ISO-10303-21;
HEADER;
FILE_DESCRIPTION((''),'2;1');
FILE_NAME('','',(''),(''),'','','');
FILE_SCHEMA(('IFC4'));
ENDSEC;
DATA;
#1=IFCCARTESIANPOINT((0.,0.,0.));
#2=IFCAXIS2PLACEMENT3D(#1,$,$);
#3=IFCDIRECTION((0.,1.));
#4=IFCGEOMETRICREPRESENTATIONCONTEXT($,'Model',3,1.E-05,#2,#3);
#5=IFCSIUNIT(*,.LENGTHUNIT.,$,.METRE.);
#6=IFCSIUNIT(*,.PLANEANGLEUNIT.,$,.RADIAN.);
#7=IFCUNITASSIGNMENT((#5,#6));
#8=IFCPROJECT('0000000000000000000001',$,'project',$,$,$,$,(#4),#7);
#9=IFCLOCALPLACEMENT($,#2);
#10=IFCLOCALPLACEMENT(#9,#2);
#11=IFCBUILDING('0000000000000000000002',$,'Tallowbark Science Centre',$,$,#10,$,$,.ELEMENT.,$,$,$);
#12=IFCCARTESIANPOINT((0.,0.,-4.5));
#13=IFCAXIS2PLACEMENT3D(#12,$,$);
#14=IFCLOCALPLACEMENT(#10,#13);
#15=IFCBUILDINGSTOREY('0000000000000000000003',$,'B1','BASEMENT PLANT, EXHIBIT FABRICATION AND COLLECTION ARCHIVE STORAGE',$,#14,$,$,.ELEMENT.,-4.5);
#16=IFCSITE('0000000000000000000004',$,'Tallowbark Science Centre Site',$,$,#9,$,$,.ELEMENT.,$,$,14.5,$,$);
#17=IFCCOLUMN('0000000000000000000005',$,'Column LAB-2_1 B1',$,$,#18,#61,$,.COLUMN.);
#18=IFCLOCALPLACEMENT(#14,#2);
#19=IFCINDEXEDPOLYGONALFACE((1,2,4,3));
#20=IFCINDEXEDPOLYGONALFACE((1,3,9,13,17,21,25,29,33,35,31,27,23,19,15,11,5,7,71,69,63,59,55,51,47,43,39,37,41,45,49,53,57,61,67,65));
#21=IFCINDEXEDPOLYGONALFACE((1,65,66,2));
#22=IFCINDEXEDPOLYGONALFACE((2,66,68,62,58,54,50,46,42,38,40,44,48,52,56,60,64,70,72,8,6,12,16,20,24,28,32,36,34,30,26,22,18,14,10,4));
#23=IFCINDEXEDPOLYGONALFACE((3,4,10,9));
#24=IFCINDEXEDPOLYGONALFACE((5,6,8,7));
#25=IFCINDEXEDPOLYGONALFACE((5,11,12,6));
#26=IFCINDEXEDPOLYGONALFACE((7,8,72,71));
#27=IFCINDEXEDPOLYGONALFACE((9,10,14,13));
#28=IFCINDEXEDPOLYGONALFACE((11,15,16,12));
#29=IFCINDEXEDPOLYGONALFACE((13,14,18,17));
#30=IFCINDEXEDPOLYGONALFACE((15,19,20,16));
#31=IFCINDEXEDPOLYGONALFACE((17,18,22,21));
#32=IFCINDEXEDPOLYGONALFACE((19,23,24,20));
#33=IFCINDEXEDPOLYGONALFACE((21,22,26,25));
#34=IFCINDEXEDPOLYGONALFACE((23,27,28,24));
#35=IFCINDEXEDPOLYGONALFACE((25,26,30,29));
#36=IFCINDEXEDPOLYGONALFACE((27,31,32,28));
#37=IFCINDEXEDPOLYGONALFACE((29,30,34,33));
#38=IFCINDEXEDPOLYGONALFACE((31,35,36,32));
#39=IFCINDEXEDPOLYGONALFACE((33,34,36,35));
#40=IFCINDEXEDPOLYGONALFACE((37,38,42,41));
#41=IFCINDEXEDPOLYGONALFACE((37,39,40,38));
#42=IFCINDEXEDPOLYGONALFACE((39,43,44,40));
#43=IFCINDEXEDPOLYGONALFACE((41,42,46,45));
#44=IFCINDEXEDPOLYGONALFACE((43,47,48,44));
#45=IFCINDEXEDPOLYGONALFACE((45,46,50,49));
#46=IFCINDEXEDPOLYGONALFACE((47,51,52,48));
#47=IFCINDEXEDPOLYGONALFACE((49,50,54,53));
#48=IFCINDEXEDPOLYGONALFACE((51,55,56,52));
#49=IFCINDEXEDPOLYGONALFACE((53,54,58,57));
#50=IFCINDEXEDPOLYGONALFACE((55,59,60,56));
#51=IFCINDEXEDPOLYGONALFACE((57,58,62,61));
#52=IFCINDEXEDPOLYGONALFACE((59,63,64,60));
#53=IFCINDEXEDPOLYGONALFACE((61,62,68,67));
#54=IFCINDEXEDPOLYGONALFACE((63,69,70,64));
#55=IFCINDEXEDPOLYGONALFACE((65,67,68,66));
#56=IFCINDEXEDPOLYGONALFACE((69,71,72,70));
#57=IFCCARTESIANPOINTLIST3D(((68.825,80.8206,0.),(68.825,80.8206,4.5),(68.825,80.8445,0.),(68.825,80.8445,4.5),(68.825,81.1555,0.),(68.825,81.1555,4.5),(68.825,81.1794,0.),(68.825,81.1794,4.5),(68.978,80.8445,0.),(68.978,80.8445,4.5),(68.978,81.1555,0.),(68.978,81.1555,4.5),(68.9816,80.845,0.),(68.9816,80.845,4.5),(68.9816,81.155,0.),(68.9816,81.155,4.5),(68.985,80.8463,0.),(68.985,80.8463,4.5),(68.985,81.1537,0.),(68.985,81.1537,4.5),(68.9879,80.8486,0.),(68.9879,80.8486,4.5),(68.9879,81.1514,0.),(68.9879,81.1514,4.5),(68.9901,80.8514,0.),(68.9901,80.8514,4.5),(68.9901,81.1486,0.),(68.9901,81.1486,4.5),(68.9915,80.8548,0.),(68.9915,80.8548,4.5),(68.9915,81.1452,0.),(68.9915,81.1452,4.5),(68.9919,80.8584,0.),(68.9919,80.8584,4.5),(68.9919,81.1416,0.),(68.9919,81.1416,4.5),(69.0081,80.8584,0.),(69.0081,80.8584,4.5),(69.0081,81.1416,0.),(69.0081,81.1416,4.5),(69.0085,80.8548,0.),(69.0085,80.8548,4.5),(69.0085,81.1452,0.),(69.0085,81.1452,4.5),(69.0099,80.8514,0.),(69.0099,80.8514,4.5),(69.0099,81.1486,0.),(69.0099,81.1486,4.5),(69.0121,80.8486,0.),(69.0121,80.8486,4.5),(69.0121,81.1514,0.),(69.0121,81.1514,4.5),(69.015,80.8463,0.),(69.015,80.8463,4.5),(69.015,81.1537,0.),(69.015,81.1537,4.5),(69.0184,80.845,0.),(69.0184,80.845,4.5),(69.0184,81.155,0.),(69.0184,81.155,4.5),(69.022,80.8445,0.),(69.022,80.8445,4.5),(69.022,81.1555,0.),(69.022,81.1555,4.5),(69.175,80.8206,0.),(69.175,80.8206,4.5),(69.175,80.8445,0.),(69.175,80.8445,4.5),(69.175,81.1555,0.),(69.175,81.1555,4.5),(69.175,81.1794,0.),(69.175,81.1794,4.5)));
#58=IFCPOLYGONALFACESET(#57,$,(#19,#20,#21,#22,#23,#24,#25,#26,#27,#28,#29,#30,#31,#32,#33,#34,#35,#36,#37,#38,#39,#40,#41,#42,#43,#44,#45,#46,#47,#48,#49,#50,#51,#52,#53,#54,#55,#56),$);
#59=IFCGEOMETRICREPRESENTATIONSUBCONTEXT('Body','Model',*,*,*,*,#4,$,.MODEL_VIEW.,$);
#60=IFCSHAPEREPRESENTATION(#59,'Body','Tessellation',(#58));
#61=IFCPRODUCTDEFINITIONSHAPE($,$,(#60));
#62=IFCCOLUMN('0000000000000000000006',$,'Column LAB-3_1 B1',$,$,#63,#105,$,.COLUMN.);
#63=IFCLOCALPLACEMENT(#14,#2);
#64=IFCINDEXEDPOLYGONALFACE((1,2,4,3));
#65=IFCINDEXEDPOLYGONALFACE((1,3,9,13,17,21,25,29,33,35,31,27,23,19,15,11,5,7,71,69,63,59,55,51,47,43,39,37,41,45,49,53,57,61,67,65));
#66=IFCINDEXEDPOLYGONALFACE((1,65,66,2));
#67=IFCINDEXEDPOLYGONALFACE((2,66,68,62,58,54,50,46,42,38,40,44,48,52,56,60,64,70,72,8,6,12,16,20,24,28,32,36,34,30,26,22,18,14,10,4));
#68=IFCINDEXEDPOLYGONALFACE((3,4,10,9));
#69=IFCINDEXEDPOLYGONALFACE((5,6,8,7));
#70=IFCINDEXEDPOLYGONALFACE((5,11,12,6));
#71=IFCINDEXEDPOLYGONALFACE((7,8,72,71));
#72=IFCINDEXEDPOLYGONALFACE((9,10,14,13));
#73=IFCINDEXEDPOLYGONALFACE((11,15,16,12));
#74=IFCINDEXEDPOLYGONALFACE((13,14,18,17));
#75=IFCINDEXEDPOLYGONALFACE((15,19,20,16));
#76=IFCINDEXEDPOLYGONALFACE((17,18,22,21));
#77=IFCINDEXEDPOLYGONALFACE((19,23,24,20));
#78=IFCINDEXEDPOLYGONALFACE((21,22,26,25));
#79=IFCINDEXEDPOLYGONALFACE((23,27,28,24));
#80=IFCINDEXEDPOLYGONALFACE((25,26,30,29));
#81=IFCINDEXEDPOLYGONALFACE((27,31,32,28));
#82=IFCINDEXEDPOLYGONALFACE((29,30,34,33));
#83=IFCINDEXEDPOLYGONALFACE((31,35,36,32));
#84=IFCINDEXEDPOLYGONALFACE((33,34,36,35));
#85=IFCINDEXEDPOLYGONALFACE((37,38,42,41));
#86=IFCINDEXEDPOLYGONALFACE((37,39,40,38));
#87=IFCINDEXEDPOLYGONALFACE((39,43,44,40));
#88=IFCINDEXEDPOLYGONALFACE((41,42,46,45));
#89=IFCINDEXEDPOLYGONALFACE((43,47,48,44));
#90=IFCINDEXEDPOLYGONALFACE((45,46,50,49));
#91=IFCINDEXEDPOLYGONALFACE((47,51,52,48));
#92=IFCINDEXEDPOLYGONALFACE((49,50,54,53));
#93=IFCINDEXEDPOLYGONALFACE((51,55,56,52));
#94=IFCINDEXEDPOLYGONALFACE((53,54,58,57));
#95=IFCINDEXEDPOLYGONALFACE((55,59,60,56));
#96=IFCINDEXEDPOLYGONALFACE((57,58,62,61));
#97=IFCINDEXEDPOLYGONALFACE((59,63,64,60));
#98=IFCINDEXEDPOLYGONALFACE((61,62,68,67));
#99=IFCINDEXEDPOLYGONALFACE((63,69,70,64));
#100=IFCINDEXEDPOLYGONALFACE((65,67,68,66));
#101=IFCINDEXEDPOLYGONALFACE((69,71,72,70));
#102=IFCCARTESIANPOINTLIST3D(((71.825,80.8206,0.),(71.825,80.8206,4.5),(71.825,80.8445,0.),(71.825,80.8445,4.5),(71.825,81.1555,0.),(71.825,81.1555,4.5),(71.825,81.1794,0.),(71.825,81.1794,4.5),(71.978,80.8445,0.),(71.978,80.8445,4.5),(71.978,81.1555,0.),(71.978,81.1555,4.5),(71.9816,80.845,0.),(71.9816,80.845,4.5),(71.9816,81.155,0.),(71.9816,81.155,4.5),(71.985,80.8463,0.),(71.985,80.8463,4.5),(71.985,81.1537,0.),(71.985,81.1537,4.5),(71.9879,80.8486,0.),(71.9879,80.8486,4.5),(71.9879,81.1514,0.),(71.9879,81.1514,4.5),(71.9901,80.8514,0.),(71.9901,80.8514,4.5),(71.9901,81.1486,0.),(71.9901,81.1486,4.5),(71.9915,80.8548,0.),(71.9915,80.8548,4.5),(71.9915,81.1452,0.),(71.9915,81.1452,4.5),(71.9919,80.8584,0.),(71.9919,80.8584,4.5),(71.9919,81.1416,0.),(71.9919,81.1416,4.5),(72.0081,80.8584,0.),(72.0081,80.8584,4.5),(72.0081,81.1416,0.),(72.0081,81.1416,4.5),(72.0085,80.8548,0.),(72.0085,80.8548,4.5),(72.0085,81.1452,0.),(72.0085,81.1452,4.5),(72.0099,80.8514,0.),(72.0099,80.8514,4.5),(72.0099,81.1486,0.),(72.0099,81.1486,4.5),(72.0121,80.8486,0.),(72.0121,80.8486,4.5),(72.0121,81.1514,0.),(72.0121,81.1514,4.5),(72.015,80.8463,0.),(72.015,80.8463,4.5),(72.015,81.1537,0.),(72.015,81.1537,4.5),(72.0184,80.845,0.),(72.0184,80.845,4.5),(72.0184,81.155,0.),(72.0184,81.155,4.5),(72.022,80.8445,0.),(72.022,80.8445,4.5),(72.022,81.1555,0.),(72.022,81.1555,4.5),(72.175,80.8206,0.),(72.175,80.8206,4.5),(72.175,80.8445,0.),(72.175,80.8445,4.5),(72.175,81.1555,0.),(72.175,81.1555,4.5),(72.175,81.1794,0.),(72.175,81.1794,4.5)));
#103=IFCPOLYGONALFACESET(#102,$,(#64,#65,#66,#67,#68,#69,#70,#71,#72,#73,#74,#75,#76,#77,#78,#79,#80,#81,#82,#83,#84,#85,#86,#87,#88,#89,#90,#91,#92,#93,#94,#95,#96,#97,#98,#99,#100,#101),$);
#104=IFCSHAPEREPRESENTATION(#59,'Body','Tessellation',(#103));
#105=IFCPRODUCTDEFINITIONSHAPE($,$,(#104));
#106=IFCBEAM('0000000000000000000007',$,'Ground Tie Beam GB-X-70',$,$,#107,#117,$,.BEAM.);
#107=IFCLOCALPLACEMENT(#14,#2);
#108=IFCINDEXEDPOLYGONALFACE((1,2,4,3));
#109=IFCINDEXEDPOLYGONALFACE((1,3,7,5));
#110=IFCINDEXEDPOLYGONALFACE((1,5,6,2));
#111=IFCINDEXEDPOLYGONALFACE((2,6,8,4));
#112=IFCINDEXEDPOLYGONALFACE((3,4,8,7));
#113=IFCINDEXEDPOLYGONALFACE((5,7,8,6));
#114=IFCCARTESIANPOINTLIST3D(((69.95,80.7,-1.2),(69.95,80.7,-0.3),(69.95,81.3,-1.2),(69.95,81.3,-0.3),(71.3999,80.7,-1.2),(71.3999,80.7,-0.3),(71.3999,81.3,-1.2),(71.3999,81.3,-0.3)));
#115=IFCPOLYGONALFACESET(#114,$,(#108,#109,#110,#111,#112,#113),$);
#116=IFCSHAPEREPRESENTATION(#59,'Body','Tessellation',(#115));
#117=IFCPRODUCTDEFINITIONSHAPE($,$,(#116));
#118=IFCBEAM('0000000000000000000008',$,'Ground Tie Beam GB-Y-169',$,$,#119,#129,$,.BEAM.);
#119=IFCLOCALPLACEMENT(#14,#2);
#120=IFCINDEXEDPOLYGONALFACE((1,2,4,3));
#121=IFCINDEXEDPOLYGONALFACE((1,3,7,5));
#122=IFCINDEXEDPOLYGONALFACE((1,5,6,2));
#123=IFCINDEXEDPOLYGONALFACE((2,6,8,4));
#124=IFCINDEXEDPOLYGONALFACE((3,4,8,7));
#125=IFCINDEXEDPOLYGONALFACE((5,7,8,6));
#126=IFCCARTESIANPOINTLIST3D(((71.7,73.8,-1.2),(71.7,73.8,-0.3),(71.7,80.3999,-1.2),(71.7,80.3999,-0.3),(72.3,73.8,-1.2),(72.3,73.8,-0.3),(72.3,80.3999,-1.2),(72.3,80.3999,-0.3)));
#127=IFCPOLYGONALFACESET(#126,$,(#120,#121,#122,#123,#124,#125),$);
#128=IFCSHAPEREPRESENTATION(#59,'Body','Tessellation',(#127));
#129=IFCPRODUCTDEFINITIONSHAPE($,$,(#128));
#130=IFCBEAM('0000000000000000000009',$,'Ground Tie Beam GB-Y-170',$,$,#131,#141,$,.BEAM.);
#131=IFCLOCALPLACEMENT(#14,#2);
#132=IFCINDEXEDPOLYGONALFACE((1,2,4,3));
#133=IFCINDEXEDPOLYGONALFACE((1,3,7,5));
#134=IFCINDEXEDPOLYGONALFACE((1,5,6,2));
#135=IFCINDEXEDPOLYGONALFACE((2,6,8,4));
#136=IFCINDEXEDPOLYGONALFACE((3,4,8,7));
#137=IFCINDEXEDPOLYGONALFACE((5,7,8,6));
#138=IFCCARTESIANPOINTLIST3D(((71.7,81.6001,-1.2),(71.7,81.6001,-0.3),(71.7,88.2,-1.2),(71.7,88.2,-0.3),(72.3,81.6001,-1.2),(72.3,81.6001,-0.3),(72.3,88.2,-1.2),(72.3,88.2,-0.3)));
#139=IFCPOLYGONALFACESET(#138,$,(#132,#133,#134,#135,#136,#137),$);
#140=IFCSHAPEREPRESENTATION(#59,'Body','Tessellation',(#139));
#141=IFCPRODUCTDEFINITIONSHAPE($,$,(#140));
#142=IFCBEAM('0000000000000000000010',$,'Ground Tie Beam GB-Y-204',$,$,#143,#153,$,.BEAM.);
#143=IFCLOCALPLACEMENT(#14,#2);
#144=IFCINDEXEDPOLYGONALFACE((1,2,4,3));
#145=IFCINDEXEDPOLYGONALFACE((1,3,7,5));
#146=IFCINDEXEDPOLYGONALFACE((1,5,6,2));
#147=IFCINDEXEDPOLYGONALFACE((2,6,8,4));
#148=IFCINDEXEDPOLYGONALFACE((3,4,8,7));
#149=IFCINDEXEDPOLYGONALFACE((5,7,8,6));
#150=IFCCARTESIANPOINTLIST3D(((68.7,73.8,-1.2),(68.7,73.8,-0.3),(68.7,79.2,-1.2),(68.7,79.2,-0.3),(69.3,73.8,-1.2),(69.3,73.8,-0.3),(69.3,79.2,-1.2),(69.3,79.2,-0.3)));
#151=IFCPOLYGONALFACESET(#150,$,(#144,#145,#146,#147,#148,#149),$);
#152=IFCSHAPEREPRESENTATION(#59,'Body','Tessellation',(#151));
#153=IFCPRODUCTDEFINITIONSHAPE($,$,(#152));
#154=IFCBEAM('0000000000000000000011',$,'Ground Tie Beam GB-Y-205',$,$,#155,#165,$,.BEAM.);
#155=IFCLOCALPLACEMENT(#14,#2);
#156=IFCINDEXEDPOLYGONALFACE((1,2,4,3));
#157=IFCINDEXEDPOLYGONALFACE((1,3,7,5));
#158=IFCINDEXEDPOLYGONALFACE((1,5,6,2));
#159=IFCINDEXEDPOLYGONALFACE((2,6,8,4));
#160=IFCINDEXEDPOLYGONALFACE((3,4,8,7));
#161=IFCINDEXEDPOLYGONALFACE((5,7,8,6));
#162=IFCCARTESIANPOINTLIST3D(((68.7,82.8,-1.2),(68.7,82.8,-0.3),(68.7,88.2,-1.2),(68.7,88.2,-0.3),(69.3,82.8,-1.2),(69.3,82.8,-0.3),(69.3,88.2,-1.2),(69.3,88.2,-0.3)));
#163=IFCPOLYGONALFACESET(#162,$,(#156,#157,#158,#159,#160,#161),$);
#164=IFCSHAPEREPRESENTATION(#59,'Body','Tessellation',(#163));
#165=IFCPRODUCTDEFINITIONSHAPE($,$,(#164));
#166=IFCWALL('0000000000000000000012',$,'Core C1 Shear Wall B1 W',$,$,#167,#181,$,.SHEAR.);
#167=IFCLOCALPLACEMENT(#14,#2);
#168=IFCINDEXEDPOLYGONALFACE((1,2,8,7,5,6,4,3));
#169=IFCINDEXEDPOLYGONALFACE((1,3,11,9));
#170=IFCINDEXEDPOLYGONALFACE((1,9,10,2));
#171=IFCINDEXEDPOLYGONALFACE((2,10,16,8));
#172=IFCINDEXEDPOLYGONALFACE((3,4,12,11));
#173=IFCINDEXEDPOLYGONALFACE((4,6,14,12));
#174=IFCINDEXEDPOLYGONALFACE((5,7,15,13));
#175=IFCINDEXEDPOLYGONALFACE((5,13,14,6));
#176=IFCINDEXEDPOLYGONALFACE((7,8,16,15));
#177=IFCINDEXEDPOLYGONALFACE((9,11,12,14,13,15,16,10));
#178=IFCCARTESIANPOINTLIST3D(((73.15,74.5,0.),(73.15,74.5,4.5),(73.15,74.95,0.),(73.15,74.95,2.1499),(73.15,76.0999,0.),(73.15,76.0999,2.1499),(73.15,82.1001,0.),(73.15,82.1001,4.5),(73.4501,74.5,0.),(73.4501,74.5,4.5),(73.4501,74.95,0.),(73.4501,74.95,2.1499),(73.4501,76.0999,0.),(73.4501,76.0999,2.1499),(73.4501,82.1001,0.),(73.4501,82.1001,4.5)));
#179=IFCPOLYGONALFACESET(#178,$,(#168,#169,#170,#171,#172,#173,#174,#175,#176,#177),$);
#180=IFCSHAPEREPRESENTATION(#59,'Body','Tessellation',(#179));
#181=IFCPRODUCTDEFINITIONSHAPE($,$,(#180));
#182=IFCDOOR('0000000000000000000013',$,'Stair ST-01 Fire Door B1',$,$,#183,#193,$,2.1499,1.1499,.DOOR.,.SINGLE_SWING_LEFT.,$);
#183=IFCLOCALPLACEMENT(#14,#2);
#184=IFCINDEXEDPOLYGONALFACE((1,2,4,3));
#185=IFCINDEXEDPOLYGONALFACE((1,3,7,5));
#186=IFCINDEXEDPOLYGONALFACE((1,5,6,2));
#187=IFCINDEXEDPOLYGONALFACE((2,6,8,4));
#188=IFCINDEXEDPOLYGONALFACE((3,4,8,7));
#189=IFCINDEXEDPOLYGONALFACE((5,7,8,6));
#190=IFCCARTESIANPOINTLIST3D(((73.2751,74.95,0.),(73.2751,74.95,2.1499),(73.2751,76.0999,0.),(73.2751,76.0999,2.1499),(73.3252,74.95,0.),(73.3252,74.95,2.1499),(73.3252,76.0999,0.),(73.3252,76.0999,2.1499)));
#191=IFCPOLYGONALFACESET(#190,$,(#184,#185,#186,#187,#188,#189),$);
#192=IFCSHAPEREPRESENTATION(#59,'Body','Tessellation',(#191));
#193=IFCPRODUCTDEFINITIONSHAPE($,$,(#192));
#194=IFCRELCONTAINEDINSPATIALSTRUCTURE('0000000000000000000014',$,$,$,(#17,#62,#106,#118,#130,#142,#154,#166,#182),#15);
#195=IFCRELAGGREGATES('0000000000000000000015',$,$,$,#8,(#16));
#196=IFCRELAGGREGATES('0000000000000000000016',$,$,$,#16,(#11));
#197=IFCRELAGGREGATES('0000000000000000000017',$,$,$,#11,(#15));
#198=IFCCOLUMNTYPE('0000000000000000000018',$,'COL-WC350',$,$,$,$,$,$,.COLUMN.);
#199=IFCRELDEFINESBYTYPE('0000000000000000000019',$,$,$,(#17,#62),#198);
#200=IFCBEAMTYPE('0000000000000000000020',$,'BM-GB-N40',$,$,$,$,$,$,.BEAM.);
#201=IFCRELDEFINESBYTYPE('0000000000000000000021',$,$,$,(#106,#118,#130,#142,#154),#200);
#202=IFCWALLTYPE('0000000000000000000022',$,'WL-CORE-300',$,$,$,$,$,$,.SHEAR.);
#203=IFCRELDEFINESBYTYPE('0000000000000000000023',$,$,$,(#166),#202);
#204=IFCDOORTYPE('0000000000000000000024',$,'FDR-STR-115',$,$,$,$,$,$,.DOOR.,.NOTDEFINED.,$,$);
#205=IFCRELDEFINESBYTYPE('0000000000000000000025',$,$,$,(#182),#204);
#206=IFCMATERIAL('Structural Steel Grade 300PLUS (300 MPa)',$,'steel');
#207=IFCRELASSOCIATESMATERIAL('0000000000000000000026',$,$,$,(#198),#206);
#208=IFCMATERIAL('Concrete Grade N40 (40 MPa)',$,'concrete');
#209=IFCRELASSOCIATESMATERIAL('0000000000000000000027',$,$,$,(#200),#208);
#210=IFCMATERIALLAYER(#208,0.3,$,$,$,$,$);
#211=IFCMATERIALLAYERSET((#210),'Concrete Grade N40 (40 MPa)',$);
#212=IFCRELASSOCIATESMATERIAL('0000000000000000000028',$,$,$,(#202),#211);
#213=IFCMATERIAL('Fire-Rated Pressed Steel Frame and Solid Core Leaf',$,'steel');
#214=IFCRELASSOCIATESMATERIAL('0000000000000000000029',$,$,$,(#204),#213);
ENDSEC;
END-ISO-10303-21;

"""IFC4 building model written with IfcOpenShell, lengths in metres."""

from ifc_helpers import new_model, si_unit, direction, frame, frame_2d, origin, origin_2d, place, context, subcontext, project, spatial, rectangle, i_section, extrude, material, layer, layer_set, material_profile, profile_set, type_object, element, fill, save


model = new_model("IFC4")

# Units and contexts
model_context = context("Model", 3, precision=1e-05, world=origin(), true_north=direction((0.0, 1.0)))
body_context = subcontext(model_context, "Body", "Model", "MODEL_VIEW")
ifc_project = project(units=[si_unit("LENGTHUNIT", "METRE"), si_unit("PLANEANGLEUNIT", "RADIAN")], contexts=[model_context])

# Site, building, storey
site_placement = place(None, origin())
site = spatial("IfcSite", under=ifc_project, at=site_placement, Name="Tallowbark Science Centre Site", CompositionType="ELEMENT", RefElevation=14.5)
building_placement = place(site_placement, origin())
building = spatial("IfcBuilding", under=site, at=building_placement, Name="Tallowbark Science Centre", CompositionType="ELEMENT")
storey_placement = place(building_placement, frame((0.0, 0.0, -4.5)))
storey = spatial("IfcBuildingStorey", under=building, at=storey_placement, Name="B1", Description="BASEMENT PLANT, EXHIBIT FABRICATION AND COLLECTION ARCHIVE STORAGE", CompositionType="ELEMENT", Elevation=-4.5)

# Shared definitions
ifc_material_1 = material(Name="Concrete Grade N40 (40 MPa)", Category="concrete")

# Columns
ifc_material_2 = material(Name="Structural Steel Grade 300PLUS (300 MPa)", Category="steel")
ifc_material_profile_1 = material_profile(ifc_material_2, i_section(OverallWidth=0.3501, OverallDepth=0.3589, WebThickness=0.0161, FlangeThickness=0.0239, FilletRadius=0.0139, at=origin_2d()), Name="350WC197")
ifc_profile_set_1 = profile_set([ifc_material_profile_1], Name="Structural Steel Grade 300PLUS (300 MPa)")
column_type = type_object("IfcColumnType", Name="COL-WC350", PredefinedType="COLUMN", material=ifc_profile_set_1)
for number, where, z_axis, x_axis, name in (
    (1, (69.0, 81.0, 0.0), (0.0, 0.0, 1.0), (1.0, 0.0, 0.0), "Column LAB-2_1 B1"),
    (2, (72.0, 81.0, 0.0), (0.0, 0.0, 1.0), (1.0, 0.0, 0.0), "Column LAB-3_1 B1"),
):
    element("IfcColumn", number, at=place(storey_placement, frame(where, z_axis=z_axis, x_axis=x_axis)), inside=storey, type_object=column_type, Name=name, PredefinedType="COLUMN", context=body_context, shape_type="SweptSolid", body=[
        extrude(i_section(OverallWidth=0.3501, OverallDepth=0.3589, WebThickness=0.0161, FlangeThickness=0.0239, FilletRadius=0.0139, at=origin_2d()), origin(), (0.0, 0.0, 1.0), 4.5),
    ])

# Beams
ifc_material_profile_2 = material_profile(ifc_material_1, rectangle(XDim=0.6001, YDim=0.8999, at=origin_2d()), Name="RC600x900")
ifc_profile_set_2 = profile_set([ifc_material_profile_2], Name="Concrete Grade N40 (40 MPa)")
beam_type = type_object("IfcBeamType", Name="BM-GB-N40", PredefinedType="BEAM", material=ifc_profile_set_2)
beam_placement = place(storey_placement, frame((69.95, 81.0, -0.75), z_axis=(1.0, 0.0, 0.0), x_axis=(0.0, 1.0, 0.0)))
element("IfcBeam", 3, at=beam_placement, inside=storey, type_object=beam_type, Name="Ground Tie Beam GB-X-70", PredefinedType="BEAM", context=body_context, shape_type="SweptSolid", body=[
    extrude(rectangle(XDim=0.6001, YDim=0.8999, at=origin_2d()), origin(), (0.0, 0.0, 1.0), 1.45),
])
for number, where, z_axis, x_axis, name in (
    (4, (72.0, 73.8, -0.75), (0.0, 1.0, 0.0), (-1.0, 0.0, 0.0), "Ground Tie Beam GB-Y-169"),
    (5, (72.0, 81.6001, -0.75), (0.0, 1.0, 0.0), (-1.0, 0.0, 0.0), "Ground Tie Beam GB-Y-170"),
):
    element("IfcBeam", number, at=place(storey_placement, frame(where, z_axis=z_axis, x_axis=x_axis)), inside=storey, type_object=beam_type, Name=name, PredefinedType="BEAM", context=body_context, shape_type="SweptSolid", body=[
        extrude(rectangle(XDim=0.6001, YDim=0.8999, at=origin_2d()), origin(), (0.0, 0.0, 1.0), 6.5999),
    ])
for number, where, z_axis, x_axis, name in (
    (6, (69.0, 73.8, -0.75), (0.0, 1.0, 0.0), (-1.0, 0.0, 0.0), "Ground Tie Beam GB-Y-204"),
    (7, (69.0, 82.8, -0.75), (0.0, 1.0, 0.0), (-1.0, 0.0, 0.0), "Ground Tie Beam GB-Y-205"),
):
    element("IfcBeam", number, at=place(storey_placement, frame(where, z_axis=z_axis, x_axis=x_axis)), inside=storey, type_object=beam_type, Name=name, PredefinedType="BEAM", context=body_context, shape_type="SweptSolid", body=[
        extrude(rectangle(XDim=0.6001, YDim=0.8999, at=origin_2d()), origin(), (0.0, 0.0, 1.0), 5.3999),
    ])

# Wall, opening, door
ifc_layer_1 = layer(ifc_material_1, 0.3)
ifc_layer_set_1 = layer_set([ifc_layer_1], Name="Concrete Grade N40 (40 MPa)")
wall_type_1 = type_object("IfcWallType", Name="WL-CORE-300", PredefinedType="SHEAR", material=ifc_layer_set_1)
wall_1_placement = place(storey_placement, frame((73.3, 74.5, 0.0), z_axis=(0.0, 0.0, 1.0), x_axis=(0.0, 1.0, 0.0)))
wall_1 = element("IfcWall", 8, at=wall_1_placement, inside=storey, type_object=wall_type_1, Name="Core C1 Shear Wall B1 W", PredefinedType="SHEAR", context=body_context, shape_type="SweptSolid", body=[
    extrude(rectangle(XDim=7.6001, YDim=0.3, at=frame_2d((3.8, 0.0))), origin(), (0.0, 0.0, 1.0), 4.5),
])
opening_placement = place(wall_1_placement, frame((0.45, 0.0, 0.0)))
opening = element("IfcOpeningElement", 9, at=opening_placement, cuts=wall_1, PredefinedType="OPENING", context=body_context, shape_type="SweptSolid", body=[
    extrude(rectangle(XDim=1.1499, YDim=2.1499, at=frame_2d((0.575, 1.075))), frame((0.0, 0.1602, 0.0), z_axis=(0.0, -1.0, 0.0), x_axis=(1.0, 0.0, 0.0)), (0.0, 0.0, 1.0), 0.3201),
])
ifc_material_3 = material(Name="Fire-Rated Pressed Steel Frame and Solid Core Leaf", Category="steel")
door_type = type_object("IfcDoorType", Name="FDR-STR-115", OperationType="NOTDEFINED", PredefinedType="DOOR", material=ifc_material_3)
door_placement = place(opening_placement, origin())
door = element("IfcDoor", 10, at=door_placement, inside=storey, type_object=door_type, Name="Stair ST-01 Fire Door B1", OperationType="SINGLE_SWING_LEFT", OverallHeight=2.1499, OverallWidth=1.1499, PredefinedType="DOOR", context=body_context, shape_type="SweptSolid", body=[
    extrude(rectangle(XDim=1.1499, YDim=2.1499, at=frame_2d((0.575, 1.075))), frame((0.0, 0.0249, 0.0), z_axis=(0.0, -1.0, 0.0), x_axis=(1.0, 0.0, 0.0)), (0.0, 0.0, 1.0), 0.05),
])
fill(opening, door)

save(model, "model.ifc")
